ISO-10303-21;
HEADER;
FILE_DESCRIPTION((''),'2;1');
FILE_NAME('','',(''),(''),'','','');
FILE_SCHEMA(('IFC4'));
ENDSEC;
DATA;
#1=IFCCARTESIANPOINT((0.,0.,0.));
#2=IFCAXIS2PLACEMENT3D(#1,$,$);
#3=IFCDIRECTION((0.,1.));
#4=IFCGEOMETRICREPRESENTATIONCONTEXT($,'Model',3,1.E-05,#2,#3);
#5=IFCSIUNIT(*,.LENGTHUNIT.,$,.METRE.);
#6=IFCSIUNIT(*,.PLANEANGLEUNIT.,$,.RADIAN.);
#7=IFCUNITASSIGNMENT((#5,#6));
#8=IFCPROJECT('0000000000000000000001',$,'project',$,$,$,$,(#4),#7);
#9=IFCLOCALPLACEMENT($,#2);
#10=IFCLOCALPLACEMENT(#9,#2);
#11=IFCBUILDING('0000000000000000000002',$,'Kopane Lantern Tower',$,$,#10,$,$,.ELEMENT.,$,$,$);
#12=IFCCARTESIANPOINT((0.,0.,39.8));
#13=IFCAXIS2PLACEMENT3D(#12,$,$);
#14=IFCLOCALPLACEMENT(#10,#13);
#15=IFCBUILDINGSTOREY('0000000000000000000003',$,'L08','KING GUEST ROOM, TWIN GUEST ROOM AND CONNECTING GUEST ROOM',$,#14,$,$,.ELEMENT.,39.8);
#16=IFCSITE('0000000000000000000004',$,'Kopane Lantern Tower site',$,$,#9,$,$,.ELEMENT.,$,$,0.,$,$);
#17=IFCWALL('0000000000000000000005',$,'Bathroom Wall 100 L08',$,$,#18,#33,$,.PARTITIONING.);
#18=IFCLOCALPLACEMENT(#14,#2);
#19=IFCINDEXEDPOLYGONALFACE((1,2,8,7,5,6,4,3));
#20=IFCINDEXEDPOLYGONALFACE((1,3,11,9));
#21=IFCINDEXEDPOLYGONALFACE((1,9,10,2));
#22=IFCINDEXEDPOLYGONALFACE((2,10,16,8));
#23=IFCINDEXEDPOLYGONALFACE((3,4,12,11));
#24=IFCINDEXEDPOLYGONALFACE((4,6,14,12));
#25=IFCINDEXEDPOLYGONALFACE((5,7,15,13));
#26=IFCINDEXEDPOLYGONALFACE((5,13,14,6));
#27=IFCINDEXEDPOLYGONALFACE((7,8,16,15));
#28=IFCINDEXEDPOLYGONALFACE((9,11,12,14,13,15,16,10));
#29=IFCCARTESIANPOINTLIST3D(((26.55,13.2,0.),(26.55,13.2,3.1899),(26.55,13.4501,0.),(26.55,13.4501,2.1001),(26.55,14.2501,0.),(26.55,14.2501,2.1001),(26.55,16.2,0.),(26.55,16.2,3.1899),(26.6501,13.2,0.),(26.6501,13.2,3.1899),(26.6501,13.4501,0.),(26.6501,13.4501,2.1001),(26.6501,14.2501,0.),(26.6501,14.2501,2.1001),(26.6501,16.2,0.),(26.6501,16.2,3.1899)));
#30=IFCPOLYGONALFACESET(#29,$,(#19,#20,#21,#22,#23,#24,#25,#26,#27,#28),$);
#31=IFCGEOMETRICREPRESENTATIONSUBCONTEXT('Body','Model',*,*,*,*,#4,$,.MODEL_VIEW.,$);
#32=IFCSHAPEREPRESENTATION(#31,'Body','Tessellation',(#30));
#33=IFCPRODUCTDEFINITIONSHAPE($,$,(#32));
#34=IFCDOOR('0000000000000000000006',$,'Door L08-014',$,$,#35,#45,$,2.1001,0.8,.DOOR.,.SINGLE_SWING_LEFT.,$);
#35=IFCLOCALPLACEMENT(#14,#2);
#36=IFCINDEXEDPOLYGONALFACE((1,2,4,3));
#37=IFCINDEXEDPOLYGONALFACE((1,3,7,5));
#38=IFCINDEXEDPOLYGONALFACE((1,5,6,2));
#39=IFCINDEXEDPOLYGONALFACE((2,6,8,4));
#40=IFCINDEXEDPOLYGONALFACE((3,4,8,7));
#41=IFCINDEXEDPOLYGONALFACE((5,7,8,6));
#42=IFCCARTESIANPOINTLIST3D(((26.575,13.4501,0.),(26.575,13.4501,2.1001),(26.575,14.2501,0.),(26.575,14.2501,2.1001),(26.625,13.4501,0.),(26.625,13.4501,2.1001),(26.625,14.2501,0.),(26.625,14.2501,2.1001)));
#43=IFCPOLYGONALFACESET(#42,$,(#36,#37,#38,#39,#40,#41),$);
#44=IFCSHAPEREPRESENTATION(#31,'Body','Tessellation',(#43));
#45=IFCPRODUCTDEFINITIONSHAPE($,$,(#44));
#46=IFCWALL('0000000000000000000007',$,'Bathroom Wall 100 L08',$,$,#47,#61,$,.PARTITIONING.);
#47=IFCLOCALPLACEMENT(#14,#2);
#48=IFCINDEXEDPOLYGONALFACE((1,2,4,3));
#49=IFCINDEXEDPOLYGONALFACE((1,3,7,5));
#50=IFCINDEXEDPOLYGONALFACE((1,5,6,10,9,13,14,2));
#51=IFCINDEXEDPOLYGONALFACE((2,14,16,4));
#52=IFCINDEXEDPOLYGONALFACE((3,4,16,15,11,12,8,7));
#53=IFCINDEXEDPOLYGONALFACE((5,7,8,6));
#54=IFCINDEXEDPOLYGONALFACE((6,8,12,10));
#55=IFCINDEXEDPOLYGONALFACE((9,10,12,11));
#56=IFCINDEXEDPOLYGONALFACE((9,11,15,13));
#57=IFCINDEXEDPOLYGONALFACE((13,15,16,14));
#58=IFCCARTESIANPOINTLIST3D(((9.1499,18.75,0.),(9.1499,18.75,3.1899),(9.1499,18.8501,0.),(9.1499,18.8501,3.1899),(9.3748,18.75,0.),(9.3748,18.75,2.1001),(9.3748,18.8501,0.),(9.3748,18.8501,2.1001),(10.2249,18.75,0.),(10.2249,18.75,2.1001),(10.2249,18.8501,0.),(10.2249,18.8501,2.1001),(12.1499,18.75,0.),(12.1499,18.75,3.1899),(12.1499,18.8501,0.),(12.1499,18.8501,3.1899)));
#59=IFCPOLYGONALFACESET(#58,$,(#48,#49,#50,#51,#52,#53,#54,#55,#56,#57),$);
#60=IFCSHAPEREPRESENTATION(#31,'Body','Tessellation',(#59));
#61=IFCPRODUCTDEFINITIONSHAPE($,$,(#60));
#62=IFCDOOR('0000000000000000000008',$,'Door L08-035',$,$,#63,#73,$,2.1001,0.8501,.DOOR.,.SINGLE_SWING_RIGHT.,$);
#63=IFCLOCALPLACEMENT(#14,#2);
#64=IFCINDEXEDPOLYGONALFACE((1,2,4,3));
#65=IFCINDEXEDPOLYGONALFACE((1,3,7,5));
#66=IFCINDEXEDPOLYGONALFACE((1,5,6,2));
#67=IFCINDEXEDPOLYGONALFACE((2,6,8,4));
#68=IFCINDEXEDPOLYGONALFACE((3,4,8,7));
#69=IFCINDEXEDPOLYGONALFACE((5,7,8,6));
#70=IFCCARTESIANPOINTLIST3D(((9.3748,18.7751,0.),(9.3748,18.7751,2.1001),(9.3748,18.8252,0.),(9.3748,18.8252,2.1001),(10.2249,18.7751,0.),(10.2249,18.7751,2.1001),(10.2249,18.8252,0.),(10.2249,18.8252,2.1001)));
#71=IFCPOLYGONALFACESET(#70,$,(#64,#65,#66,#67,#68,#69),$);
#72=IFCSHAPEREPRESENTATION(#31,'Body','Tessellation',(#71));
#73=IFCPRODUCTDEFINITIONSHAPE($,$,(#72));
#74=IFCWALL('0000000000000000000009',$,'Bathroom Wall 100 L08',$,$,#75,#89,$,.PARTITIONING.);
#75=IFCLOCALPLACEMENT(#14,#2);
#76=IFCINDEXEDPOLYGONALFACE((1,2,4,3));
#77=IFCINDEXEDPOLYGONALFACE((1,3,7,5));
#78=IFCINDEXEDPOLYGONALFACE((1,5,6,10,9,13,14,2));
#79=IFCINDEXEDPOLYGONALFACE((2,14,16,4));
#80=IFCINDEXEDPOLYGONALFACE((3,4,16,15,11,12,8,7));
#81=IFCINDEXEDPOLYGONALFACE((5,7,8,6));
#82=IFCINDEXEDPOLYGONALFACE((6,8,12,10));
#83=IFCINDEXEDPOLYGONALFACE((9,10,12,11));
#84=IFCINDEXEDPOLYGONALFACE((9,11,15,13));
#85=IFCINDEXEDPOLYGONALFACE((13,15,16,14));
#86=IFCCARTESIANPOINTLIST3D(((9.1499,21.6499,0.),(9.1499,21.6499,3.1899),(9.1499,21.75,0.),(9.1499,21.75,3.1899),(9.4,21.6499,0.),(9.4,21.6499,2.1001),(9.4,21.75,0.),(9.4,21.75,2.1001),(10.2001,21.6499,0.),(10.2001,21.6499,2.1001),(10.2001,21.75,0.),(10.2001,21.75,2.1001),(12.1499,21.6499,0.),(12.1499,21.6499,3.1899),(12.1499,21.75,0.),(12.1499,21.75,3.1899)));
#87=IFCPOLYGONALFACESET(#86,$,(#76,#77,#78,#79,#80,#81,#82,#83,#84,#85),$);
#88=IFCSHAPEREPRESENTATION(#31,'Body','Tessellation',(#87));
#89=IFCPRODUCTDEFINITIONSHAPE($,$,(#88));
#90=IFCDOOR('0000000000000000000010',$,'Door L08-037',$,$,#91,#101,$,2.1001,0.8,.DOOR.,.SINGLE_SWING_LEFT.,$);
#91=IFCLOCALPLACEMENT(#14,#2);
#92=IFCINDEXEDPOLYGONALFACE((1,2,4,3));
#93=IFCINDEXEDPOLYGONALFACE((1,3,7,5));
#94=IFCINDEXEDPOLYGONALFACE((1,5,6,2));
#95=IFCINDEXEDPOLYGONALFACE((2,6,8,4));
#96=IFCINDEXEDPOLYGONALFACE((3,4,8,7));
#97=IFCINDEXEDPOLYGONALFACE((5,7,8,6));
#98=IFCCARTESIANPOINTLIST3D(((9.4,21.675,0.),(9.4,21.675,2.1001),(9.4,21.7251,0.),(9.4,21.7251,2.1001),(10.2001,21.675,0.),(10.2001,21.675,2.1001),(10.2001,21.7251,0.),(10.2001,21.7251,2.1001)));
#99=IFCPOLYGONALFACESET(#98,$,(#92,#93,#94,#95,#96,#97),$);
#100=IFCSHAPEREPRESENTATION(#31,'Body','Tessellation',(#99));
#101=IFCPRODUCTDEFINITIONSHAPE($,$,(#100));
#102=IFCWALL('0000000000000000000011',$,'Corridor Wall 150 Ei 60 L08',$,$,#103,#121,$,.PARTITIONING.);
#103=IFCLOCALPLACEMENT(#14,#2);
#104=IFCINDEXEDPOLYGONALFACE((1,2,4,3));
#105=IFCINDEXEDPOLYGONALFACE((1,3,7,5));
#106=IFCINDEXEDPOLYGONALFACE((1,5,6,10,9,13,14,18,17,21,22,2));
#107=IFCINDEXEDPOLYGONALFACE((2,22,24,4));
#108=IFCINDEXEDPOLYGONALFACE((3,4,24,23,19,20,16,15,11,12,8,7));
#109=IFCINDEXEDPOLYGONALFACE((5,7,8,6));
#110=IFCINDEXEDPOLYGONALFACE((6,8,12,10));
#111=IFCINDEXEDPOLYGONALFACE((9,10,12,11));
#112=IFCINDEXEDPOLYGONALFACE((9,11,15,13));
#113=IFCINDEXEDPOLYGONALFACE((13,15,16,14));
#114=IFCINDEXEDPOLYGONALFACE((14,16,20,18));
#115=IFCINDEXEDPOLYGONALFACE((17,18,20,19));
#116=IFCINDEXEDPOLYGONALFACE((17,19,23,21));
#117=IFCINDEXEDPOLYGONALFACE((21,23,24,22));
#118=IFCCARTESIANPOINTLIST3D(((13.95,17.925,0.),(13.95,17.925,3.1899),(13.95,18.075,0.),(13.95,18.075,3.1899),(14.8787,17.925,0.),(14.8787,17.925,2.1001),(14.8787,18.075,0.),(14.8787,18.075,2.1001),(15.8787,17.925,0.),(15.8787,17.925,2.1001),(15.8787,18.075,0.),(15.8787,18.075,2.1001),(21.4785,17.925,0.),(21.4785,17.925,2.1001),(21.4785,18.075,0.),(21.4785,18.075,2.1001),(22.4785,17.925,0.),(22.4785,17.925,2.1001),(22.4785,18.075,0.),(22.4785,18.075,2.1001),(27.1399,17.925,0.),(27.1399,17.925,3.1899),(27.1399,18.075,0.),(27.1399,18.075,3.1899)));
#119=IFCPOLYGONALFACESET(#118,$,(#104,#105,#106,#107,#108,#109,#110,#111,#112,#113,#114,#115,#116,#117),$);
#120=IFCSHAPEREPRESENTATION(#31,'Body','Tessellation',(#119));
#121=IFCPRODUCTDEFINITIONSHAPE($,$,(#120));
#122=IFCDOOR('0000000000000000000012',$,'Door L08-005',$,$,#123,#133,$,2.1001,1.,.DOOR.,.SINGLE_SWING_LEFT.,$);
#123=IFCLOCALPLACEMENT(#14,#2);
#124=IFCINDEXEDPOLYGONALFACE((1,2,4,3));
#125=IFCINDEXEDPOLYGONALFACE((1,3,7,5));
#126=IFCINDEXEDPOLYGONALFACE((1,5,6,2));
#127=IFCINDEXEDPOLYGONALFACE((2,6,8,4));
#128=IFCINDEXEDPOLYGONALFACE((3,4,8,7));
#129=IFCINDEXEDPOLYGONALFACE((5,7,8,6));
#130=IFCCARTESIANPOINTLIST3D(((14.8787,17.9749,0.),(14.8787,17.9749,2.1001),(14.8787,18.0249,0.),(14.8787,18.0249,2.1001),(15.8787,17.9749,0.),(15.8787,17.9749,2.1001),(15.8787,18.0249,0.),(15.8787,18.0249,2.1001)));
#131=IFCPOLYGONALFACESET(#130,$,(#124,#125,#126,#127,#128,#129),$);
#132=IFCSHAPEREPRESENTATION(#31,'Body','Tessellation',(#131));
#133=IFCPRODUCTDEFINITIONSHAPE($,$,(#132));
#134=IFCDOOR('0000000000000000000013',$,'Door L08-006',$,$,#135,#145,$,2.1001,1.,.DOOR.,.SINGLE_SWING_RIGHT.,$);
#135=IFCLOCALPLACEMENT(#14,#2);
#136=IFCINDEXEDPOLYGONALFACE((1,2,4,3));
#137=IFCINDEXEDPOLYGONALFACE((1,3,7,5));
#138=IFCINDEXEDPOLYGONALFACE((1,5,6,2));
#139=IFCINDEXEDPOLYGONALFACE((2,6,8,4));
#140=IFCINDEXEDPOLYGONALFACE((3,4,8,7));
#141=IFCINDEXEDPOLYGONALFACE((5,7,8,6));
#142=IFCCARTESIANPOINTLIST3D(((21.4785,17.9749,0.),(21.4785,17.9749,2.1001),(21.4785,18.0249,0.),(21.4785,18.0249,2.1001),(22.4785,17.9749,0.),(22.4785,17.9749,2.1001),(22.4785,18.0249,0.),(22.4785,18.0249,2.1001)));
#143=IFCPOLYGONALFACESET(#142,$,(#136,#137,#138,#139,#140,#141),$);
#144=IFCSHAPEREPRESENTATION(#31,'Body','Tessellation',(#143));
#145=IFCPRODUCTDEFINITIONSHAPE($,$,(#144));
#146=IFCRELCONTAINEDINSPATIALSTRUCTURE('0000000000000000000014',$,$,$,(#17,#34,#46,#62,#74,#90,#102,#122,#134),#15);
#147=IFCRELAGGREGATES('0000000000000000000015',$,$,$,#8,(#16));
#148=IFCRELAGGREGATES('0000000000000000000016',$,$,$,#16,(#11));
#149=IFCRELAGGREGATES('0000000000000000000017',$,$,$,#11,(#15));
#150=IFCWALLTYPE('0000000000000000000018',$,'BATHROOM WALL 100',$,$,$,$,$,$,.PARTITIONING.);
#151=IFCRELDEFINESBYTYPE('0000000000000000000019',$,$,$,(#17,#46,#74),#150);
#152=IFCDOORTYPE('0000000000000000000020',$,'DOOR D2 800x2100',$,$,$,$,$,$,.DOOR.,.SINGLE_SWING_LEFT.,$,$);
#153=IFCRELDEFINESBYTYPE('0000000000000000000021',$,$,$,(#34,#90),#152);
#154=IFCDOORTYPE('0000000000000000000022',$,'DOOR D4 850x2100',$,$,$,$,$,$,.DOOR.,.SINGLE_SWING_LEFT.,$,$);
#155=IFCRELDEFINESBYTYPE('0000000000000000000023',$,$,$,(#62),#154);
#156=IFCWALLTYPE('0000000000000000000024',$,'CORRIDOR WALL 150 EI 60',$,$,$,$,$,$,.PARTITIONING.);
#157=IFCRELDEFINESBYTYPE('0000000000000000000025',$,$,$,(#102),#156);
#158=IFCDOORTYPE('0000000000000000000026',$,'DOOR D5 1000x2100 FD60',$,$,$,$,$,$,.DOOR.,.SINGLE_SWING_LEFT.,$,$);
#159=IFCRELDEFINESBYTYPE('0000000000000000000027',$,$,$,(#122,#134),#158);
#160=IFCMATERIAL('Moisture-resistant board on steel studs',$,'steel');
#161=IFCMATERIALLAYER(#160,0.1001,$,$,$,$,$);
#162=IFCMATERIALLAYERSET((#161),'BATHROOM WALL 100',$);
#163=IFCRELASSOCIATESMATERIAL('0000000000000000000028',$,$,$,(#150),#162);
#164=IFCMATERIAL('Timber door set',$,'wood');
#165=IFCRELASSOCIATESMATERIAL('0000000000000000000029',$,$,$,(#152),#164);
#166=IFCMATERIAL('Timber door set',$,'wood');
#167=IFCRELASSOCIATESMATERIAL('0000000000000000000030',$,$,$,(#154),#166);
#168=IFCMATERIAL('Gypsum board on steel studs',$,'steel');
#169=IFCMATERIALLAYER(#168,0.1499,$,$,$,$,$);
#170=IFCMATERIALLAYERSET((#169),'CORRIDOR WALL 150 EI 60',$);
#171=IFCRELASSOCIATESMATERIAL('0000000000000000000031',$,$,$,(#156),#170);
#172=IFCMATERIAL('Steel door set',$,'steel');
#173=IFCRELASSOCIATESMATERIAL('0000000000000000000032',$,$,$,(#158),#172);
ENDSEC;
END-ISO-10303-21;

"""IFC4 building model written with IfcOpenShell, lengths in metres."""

from ifc_helpers import new_model, si_unit, direction, frame, frame_2d, origin, place, context, subcontext, project, spatial, rectangle, extrude, material, layer, layer_set, type_object, element, fill, save


model = new_model("IFC4")

# Units and contexts
model_context = context("Model", 3, precision=1e-05, world=origin(), true_north=direction((0.0, 1.0)))
body_context = subcontext(model_context, "Body", "Model", "MODEL_VIEW")
ifc_project = project(units=[si_unit("LENGTHUNIT", "METRE"), si_unit("PLANEANGLEUNIT", "RADIAN")], contexts=[model_context])

# Site, building, storey
site_placement = place(None, origin())
site = spatial("IfcSite", under=ifc_project, at=site_placement, Name="Kopane Lantern Tower site", CompositionType="ELEMENT", RefElevation=0.0)
building_placement = place(site_placement, origin())
building = spatial("IfcBuilding", under=site, at=building_placement, Name="Kopane Lantern Tower", CompositionType="ELEMENT")
storey_placement = place(building_placement, frame((0.0, 0.0, 39.8)))
storey = spatial("IfcBuildingStorey", under=building, at=storey_placement, Name="L08", Description="KING GUEST ROOM, TWIN GUEST ROOM AND CONNECTING GUEST ROOM", CompositionType="ELEMENT", Elevation=39.8)

# Walls, openings, doors
ifc_material_1 = material(Name="Moisture-resistant board on steel studs", Category="steel")
ifc_layer_1 = layer(ifc_material_1, 0.1001)
ifc_layer_set_1 = layer_set([ifc_layer_1], Name="BATHROOM WALL 100")
wall_type_1 = type_object("IfcWallType", Name="BATHROOM WALL 100", PredefinedType="PARTITIONING", material=ifc_layer_set_1)
ifc_material_2 = material(Name="Timber door set", Category="wood")
door_type_1 = type_object("IfcDoorType", Name="DOOR D2 800x2100", OperationType="SINGLE_SWING_LEFT", PredefinedType="DOOR", material=ifc_material_2)
wall_1_placement = place(storey_placement, frame((26.6001, 16.2, 0.0), z_axis=(0.0, 0.0, 1.0), x_axis=(0.0, -1.0, 0.0)))
wall_1 = element("IfcWall", 1, at=wall_1_placement, inside=storey, type_object=wall_type_1, Name="Bathroom Wall 100 L08", PredefinedType="PARTITIONING", context=body_context, shape_type="SweptSolid", body=[
    extrude(rectangle(XDim=3.0, YDim=0.1001, at=frame_2d((1.5, 0.0))), origin(), (0.0, 0.0, 1.0), 3.1899),
])
opening_1_placement = place(wall_1_placement, frame((1.95, 0.0, 0.0)))
opening_1 = element("IfcOpeningElement", 2, at=opening_1_placement, cuts=wall_1, PredefinedType="OPENING", context=body_context, shape_type="SweptSolid", body=[
    extrude(rectangle(XDim=0.8, YDim=2.1001, at=frame_2d((0.3999, 1.05))), frame((0.0, 0.0601, 0.0), z_axis=(0.0, -1.0, 0.0), x_axis=(1.0, 0.0, 0.0)), (0.0, 0.0, 1.0), 0.1201),
])
door_1_placement = place(opening_1_placement, origin())
door_1 = element("IfcDoor", 3, at=door_1_placement, inside=storey, type_object=door_type_1, Name="Door L08-014", OperationType="SINGLE_SWING_LEFT", OverallHeight=2.1001, OverallWidth=0.8, PredefinedType="DOOR", context=body_context, shape_type="SweptSolid", body=[
    extrude(rectangle(XDim=0.8, YDim=2.1001, at=frame_2d((0.3999, 1.05))), frame((0.0, 0.0249, 0.0), z_axis=(0.0, -1.0, 0.0), x_axis=(1.0, 0.0, 0.0)), (0.0, 0.0, 1.0), 0.05),
])
fill(opening_1, door_1)
wall_2_placement = place(storey_placement, frame((12.1499, 18.8, 0.0), z_axis=(0.0, 0.0, 1.0), x_axis=(-1.0, 0.0, 0.0)))
wall_2 = element("IfcWall", 4, at=wall_2_placement, inside=storey, type_object=wall_type_1, Name="Bathroom Wall 100 L08", PredefinedType="PARTITIONING", context=body_context, shape_type="SweptSolid", body=[
    extrude(rectangle(XDim=3.0, YDim=0.1001, at=frame_2d((1.5, 0.0))), origin(), (0.0, 0.0, 1.0), 3.1899),
])
opening_2_placement = place(wall_2_placement, frame((1.925, 0.0, 0.0)))
opening_2 = element("IfcOpeningElement", 5, at=opening_2_placement, cuts=wall_2, PredefinedType="OPENING", context=body_context, shape_type="SweptSolid", body=[
    extrude(rectangle(XDim=0.8501, YDim=2.1001, at=frame_2d((0.425, 1.05))), frame((0.0, 0.0601, 0.0), z_axis=(0.0, -1.0, 0.0), x_axis=(1.0, 0.0, 0.0)), (0.0, 0.0, 1.0), 0.1201),
])
ifc_material_3 = material(Name="Timber door set", Category="wood")
door_type_2 = type_object("IfcDoorType", Name="DOOR D4 850x2100", OperationType="SINGLE_SWING_LEFT", PredefinedType="DOOR", material=ifc_material_3)
door_2_placement = place(opening_2_placement, origin())
door_2 = element("IfcDoor", 6, at=door_2_placement, inside=storey, type_object=door_type_2, Name="Door L08-035", OperationType="SINGLE_SWING_RIGHT", OverallHeight=2.1001, OverallWidth=0.8501, PredefinedType="DOOR", context=body_context, shape_type="SweptSolid", body=[
    extrude(rectangle(XDim=0.8501, YDim=2.1001, at=frame_2d((0.425, 1.05))), frame((0.0, 0.0249, 0.0), z_axis=(0.0, -1.0, 0.0), x_axis=(1.0, 0.0, 0.0)), (0.0, 0.0, 1.0), 0.05),
])
fill(opening_2, door_2)
wall_3_placement = place(storey_placement, frame((12.1499, 21.7, 0.0), z_axis=(0.0, 0.0, 1.0), x_axis=(-1.0, 0.0, 0.0)))
wall_3 = element("IfcWall", 7, at=wall_3_placement, inside=storey, type_object=wall_type_1, Name="Bathroom Wall 100 L08", PredefinedType="PARTITIONING", context=body_context, shape_type="SweptSolid", body=[
    extrude(rectangle(XDim=3.0, YDim=0.1001, at=frame_2d((1.5, 0.0))), origin(), (0.0, 0.0, 1.0), 3.1899),
])
opening_3_placement = place(wall_3_placement, frame((1.95, 0.0, 0.0)))
opening_3 = element("IfcOpeningElement", 8, at=opening_3_placement, cuts=wall_3, PredefinedType="OPENING", context=body_context, shape_type="SweptSolid", body=[
    extrude(rectangle(XDim=0.8, YDim=2.1001, at=frame_2d((0.3999, 1.05))), frame((0.0, 0.0601, 0.0), z_axis=(0.0, -1.0, 0.0), x_axis=(1.0, 0.0, 0.0)), (0.0, 0.0, 1.0), 0.1201),
])
door_3_placement = place(opening_3_placement, origin())
door_3 = element("IfcDoor", 9, at=door_3_placement, inside=storey, type_object=door_type_1, Name="Door L08-037", OperationType="SINGLE_SWING_LEFT", OverallHeight=2.1001, OverallWidth=0.8, PredefinedType="DOOR", context=body_context, shape_type="SweptSolid", body=[
    extrude(rectangle(XDim=0.8, YDim=2.1001, at=frame_2d((0.3999, 1.05))), frame((0.0, 0.0249, 0.0), z_axis=(0.0, -1.0, 0.0), x_axis=(1.0, 0.0, 0.0)), (0.0, 0.0, 1.0), 0.05),
])
fill(opening_3, door_3)

# Wall, openings, doors
ifc_material_4 = material(Name="Gypsum board on steel studs", Category="steel")
ifc_layer_2 = layer(ifc_material_4, 0.1499)
ifc_layer_set_2 = layer_set([ifc_layer_2], Name="CORRIDOR WALL 150 EI 60")
wall_type_2 = type_object("IfcWallType", Name="CORRIDOR WALL 150 EI 60", PredefinedType="PARTITIONING", material=ifc_layer_set_2)
wall_4_placement = place(storey_placement, frame((13.95, 18.0, 0.0), z_axis=(0.0, 0.0, 1.0), x_axis=(1.0, 0.0, 0.0)))
wall_4 = element("IfcWall", 10, at=wall_4_placement, inside=storey, type_object=wall_type_2, Name="Corridor Wall 150 Ei 60 L08", PredefinedType="PARTITIONING", context=body_context, shape_type="SweptSolid", body=[
    extrude(rectangle(XDim=13.1899, YDim=0.1499, at=frame_2d((6.595, 0.0))), origin(), (0.0, 0.0, 1.0), 3.1899),
])
opening_4_placement = place(wall_4_placement, frame((0.9287, 0.0, 0.0)))
opening_4 = element("IfcOpeningElement", 11, at=opening_4_placement, cuts=wall_4, PredefinedType="OPENING", context=body_context, shape_type="SweptSolid", body=[
    extrude(rectangle(XDim=1.0, YDim=2.1001, at=frame_2d((0.5, 1.05))), frame((0.0, 0.085, 0.0), z_axis=(0.0, -1.0, 0.0), x_axis=(1.0, 0.0, 0.0)), (0.0, 0.0, 1.0), 0.1699),
])
opening_5_placement = place(wall_4_placement, frame((7.5286, 0.0, 0.0)))
opening_5 = element("IfcOpeningElement", 12, at=opening_5_placement, cuts=wall_4, PredefinedType="OPENING", context=body_context, shape_type="SweptSolid", body=[
    extrude(rectangle(XDim=1.0, YDim=2.1001, at=frame_2d((0.5, 1.05))), frame((0.0, 0.085, 0.0), z_axis=(0.0, -1.0, 0.0), x_axis=(1.0, 0.0, 0.0)), (0.0, 0.0, 1.0), 0.1699),
])
ifc_material_5 = material(Name="Steel door set", Category="steel")
door_type_3 = type_object("IfcDoorType", Name="DOOR D5 1000x2100 FD60", OperationType="SINGLE_SWING_LEFT", PredefinedType="DOOR", material=ifc_material_5)
door_4_placement = place(opening_4_placement, origin())
door_4 = element("IfcDoor", 13, at=door_4_placement, inside=storey, type_object=door_type_3, Name="Door L08-005", OperationType="SINGLE_SWING_LEFT", OverallHeight=2.1001, OverallWidth=1.0, PredefinedType="DOOR", context=body_context, shape_type="SweptSolid", body=[
    extrude(rectangle(XDim=1.0, YDim=2.1001, at=frame_2d((0.5, 1.05))), frame((0.0, 0.0249, 0.0), z_axis=(0.0, -1.0, 0.0), x_axis=(1.0, 0.0, 0.0)), (0.0, 0.0, 1.0), 0.05),
])
fill(opening_4, door_4)
door_5_placement = place(opening_5_placement, origin())
door_5 = element("IfcDoor", 14, at=door_5_placement, inside=storey, type_object=door_type_3, Name="Door L08-006", OperationType="SINGLE_SWING_RIGHT", OverallHeight=2.1001, OverallWidth=1.0, PredefinedType="DOOR", context=body_context, shape_type="SweptSolid", body=[
    extrude(rectangle(XDim=1.0, YDim=2.1001, at=frame_2d((0.5, 1.05))), frame((0.0, 0.0249, 0.0), z_axis=(0.0, -1.0, 0.0), x_axis=(1.0, 0.0, 0.0)), (0.0, 0.0, 1.0), 0.05),
])
fill(opening_5, door_5)

save(model, "model.ifc")
